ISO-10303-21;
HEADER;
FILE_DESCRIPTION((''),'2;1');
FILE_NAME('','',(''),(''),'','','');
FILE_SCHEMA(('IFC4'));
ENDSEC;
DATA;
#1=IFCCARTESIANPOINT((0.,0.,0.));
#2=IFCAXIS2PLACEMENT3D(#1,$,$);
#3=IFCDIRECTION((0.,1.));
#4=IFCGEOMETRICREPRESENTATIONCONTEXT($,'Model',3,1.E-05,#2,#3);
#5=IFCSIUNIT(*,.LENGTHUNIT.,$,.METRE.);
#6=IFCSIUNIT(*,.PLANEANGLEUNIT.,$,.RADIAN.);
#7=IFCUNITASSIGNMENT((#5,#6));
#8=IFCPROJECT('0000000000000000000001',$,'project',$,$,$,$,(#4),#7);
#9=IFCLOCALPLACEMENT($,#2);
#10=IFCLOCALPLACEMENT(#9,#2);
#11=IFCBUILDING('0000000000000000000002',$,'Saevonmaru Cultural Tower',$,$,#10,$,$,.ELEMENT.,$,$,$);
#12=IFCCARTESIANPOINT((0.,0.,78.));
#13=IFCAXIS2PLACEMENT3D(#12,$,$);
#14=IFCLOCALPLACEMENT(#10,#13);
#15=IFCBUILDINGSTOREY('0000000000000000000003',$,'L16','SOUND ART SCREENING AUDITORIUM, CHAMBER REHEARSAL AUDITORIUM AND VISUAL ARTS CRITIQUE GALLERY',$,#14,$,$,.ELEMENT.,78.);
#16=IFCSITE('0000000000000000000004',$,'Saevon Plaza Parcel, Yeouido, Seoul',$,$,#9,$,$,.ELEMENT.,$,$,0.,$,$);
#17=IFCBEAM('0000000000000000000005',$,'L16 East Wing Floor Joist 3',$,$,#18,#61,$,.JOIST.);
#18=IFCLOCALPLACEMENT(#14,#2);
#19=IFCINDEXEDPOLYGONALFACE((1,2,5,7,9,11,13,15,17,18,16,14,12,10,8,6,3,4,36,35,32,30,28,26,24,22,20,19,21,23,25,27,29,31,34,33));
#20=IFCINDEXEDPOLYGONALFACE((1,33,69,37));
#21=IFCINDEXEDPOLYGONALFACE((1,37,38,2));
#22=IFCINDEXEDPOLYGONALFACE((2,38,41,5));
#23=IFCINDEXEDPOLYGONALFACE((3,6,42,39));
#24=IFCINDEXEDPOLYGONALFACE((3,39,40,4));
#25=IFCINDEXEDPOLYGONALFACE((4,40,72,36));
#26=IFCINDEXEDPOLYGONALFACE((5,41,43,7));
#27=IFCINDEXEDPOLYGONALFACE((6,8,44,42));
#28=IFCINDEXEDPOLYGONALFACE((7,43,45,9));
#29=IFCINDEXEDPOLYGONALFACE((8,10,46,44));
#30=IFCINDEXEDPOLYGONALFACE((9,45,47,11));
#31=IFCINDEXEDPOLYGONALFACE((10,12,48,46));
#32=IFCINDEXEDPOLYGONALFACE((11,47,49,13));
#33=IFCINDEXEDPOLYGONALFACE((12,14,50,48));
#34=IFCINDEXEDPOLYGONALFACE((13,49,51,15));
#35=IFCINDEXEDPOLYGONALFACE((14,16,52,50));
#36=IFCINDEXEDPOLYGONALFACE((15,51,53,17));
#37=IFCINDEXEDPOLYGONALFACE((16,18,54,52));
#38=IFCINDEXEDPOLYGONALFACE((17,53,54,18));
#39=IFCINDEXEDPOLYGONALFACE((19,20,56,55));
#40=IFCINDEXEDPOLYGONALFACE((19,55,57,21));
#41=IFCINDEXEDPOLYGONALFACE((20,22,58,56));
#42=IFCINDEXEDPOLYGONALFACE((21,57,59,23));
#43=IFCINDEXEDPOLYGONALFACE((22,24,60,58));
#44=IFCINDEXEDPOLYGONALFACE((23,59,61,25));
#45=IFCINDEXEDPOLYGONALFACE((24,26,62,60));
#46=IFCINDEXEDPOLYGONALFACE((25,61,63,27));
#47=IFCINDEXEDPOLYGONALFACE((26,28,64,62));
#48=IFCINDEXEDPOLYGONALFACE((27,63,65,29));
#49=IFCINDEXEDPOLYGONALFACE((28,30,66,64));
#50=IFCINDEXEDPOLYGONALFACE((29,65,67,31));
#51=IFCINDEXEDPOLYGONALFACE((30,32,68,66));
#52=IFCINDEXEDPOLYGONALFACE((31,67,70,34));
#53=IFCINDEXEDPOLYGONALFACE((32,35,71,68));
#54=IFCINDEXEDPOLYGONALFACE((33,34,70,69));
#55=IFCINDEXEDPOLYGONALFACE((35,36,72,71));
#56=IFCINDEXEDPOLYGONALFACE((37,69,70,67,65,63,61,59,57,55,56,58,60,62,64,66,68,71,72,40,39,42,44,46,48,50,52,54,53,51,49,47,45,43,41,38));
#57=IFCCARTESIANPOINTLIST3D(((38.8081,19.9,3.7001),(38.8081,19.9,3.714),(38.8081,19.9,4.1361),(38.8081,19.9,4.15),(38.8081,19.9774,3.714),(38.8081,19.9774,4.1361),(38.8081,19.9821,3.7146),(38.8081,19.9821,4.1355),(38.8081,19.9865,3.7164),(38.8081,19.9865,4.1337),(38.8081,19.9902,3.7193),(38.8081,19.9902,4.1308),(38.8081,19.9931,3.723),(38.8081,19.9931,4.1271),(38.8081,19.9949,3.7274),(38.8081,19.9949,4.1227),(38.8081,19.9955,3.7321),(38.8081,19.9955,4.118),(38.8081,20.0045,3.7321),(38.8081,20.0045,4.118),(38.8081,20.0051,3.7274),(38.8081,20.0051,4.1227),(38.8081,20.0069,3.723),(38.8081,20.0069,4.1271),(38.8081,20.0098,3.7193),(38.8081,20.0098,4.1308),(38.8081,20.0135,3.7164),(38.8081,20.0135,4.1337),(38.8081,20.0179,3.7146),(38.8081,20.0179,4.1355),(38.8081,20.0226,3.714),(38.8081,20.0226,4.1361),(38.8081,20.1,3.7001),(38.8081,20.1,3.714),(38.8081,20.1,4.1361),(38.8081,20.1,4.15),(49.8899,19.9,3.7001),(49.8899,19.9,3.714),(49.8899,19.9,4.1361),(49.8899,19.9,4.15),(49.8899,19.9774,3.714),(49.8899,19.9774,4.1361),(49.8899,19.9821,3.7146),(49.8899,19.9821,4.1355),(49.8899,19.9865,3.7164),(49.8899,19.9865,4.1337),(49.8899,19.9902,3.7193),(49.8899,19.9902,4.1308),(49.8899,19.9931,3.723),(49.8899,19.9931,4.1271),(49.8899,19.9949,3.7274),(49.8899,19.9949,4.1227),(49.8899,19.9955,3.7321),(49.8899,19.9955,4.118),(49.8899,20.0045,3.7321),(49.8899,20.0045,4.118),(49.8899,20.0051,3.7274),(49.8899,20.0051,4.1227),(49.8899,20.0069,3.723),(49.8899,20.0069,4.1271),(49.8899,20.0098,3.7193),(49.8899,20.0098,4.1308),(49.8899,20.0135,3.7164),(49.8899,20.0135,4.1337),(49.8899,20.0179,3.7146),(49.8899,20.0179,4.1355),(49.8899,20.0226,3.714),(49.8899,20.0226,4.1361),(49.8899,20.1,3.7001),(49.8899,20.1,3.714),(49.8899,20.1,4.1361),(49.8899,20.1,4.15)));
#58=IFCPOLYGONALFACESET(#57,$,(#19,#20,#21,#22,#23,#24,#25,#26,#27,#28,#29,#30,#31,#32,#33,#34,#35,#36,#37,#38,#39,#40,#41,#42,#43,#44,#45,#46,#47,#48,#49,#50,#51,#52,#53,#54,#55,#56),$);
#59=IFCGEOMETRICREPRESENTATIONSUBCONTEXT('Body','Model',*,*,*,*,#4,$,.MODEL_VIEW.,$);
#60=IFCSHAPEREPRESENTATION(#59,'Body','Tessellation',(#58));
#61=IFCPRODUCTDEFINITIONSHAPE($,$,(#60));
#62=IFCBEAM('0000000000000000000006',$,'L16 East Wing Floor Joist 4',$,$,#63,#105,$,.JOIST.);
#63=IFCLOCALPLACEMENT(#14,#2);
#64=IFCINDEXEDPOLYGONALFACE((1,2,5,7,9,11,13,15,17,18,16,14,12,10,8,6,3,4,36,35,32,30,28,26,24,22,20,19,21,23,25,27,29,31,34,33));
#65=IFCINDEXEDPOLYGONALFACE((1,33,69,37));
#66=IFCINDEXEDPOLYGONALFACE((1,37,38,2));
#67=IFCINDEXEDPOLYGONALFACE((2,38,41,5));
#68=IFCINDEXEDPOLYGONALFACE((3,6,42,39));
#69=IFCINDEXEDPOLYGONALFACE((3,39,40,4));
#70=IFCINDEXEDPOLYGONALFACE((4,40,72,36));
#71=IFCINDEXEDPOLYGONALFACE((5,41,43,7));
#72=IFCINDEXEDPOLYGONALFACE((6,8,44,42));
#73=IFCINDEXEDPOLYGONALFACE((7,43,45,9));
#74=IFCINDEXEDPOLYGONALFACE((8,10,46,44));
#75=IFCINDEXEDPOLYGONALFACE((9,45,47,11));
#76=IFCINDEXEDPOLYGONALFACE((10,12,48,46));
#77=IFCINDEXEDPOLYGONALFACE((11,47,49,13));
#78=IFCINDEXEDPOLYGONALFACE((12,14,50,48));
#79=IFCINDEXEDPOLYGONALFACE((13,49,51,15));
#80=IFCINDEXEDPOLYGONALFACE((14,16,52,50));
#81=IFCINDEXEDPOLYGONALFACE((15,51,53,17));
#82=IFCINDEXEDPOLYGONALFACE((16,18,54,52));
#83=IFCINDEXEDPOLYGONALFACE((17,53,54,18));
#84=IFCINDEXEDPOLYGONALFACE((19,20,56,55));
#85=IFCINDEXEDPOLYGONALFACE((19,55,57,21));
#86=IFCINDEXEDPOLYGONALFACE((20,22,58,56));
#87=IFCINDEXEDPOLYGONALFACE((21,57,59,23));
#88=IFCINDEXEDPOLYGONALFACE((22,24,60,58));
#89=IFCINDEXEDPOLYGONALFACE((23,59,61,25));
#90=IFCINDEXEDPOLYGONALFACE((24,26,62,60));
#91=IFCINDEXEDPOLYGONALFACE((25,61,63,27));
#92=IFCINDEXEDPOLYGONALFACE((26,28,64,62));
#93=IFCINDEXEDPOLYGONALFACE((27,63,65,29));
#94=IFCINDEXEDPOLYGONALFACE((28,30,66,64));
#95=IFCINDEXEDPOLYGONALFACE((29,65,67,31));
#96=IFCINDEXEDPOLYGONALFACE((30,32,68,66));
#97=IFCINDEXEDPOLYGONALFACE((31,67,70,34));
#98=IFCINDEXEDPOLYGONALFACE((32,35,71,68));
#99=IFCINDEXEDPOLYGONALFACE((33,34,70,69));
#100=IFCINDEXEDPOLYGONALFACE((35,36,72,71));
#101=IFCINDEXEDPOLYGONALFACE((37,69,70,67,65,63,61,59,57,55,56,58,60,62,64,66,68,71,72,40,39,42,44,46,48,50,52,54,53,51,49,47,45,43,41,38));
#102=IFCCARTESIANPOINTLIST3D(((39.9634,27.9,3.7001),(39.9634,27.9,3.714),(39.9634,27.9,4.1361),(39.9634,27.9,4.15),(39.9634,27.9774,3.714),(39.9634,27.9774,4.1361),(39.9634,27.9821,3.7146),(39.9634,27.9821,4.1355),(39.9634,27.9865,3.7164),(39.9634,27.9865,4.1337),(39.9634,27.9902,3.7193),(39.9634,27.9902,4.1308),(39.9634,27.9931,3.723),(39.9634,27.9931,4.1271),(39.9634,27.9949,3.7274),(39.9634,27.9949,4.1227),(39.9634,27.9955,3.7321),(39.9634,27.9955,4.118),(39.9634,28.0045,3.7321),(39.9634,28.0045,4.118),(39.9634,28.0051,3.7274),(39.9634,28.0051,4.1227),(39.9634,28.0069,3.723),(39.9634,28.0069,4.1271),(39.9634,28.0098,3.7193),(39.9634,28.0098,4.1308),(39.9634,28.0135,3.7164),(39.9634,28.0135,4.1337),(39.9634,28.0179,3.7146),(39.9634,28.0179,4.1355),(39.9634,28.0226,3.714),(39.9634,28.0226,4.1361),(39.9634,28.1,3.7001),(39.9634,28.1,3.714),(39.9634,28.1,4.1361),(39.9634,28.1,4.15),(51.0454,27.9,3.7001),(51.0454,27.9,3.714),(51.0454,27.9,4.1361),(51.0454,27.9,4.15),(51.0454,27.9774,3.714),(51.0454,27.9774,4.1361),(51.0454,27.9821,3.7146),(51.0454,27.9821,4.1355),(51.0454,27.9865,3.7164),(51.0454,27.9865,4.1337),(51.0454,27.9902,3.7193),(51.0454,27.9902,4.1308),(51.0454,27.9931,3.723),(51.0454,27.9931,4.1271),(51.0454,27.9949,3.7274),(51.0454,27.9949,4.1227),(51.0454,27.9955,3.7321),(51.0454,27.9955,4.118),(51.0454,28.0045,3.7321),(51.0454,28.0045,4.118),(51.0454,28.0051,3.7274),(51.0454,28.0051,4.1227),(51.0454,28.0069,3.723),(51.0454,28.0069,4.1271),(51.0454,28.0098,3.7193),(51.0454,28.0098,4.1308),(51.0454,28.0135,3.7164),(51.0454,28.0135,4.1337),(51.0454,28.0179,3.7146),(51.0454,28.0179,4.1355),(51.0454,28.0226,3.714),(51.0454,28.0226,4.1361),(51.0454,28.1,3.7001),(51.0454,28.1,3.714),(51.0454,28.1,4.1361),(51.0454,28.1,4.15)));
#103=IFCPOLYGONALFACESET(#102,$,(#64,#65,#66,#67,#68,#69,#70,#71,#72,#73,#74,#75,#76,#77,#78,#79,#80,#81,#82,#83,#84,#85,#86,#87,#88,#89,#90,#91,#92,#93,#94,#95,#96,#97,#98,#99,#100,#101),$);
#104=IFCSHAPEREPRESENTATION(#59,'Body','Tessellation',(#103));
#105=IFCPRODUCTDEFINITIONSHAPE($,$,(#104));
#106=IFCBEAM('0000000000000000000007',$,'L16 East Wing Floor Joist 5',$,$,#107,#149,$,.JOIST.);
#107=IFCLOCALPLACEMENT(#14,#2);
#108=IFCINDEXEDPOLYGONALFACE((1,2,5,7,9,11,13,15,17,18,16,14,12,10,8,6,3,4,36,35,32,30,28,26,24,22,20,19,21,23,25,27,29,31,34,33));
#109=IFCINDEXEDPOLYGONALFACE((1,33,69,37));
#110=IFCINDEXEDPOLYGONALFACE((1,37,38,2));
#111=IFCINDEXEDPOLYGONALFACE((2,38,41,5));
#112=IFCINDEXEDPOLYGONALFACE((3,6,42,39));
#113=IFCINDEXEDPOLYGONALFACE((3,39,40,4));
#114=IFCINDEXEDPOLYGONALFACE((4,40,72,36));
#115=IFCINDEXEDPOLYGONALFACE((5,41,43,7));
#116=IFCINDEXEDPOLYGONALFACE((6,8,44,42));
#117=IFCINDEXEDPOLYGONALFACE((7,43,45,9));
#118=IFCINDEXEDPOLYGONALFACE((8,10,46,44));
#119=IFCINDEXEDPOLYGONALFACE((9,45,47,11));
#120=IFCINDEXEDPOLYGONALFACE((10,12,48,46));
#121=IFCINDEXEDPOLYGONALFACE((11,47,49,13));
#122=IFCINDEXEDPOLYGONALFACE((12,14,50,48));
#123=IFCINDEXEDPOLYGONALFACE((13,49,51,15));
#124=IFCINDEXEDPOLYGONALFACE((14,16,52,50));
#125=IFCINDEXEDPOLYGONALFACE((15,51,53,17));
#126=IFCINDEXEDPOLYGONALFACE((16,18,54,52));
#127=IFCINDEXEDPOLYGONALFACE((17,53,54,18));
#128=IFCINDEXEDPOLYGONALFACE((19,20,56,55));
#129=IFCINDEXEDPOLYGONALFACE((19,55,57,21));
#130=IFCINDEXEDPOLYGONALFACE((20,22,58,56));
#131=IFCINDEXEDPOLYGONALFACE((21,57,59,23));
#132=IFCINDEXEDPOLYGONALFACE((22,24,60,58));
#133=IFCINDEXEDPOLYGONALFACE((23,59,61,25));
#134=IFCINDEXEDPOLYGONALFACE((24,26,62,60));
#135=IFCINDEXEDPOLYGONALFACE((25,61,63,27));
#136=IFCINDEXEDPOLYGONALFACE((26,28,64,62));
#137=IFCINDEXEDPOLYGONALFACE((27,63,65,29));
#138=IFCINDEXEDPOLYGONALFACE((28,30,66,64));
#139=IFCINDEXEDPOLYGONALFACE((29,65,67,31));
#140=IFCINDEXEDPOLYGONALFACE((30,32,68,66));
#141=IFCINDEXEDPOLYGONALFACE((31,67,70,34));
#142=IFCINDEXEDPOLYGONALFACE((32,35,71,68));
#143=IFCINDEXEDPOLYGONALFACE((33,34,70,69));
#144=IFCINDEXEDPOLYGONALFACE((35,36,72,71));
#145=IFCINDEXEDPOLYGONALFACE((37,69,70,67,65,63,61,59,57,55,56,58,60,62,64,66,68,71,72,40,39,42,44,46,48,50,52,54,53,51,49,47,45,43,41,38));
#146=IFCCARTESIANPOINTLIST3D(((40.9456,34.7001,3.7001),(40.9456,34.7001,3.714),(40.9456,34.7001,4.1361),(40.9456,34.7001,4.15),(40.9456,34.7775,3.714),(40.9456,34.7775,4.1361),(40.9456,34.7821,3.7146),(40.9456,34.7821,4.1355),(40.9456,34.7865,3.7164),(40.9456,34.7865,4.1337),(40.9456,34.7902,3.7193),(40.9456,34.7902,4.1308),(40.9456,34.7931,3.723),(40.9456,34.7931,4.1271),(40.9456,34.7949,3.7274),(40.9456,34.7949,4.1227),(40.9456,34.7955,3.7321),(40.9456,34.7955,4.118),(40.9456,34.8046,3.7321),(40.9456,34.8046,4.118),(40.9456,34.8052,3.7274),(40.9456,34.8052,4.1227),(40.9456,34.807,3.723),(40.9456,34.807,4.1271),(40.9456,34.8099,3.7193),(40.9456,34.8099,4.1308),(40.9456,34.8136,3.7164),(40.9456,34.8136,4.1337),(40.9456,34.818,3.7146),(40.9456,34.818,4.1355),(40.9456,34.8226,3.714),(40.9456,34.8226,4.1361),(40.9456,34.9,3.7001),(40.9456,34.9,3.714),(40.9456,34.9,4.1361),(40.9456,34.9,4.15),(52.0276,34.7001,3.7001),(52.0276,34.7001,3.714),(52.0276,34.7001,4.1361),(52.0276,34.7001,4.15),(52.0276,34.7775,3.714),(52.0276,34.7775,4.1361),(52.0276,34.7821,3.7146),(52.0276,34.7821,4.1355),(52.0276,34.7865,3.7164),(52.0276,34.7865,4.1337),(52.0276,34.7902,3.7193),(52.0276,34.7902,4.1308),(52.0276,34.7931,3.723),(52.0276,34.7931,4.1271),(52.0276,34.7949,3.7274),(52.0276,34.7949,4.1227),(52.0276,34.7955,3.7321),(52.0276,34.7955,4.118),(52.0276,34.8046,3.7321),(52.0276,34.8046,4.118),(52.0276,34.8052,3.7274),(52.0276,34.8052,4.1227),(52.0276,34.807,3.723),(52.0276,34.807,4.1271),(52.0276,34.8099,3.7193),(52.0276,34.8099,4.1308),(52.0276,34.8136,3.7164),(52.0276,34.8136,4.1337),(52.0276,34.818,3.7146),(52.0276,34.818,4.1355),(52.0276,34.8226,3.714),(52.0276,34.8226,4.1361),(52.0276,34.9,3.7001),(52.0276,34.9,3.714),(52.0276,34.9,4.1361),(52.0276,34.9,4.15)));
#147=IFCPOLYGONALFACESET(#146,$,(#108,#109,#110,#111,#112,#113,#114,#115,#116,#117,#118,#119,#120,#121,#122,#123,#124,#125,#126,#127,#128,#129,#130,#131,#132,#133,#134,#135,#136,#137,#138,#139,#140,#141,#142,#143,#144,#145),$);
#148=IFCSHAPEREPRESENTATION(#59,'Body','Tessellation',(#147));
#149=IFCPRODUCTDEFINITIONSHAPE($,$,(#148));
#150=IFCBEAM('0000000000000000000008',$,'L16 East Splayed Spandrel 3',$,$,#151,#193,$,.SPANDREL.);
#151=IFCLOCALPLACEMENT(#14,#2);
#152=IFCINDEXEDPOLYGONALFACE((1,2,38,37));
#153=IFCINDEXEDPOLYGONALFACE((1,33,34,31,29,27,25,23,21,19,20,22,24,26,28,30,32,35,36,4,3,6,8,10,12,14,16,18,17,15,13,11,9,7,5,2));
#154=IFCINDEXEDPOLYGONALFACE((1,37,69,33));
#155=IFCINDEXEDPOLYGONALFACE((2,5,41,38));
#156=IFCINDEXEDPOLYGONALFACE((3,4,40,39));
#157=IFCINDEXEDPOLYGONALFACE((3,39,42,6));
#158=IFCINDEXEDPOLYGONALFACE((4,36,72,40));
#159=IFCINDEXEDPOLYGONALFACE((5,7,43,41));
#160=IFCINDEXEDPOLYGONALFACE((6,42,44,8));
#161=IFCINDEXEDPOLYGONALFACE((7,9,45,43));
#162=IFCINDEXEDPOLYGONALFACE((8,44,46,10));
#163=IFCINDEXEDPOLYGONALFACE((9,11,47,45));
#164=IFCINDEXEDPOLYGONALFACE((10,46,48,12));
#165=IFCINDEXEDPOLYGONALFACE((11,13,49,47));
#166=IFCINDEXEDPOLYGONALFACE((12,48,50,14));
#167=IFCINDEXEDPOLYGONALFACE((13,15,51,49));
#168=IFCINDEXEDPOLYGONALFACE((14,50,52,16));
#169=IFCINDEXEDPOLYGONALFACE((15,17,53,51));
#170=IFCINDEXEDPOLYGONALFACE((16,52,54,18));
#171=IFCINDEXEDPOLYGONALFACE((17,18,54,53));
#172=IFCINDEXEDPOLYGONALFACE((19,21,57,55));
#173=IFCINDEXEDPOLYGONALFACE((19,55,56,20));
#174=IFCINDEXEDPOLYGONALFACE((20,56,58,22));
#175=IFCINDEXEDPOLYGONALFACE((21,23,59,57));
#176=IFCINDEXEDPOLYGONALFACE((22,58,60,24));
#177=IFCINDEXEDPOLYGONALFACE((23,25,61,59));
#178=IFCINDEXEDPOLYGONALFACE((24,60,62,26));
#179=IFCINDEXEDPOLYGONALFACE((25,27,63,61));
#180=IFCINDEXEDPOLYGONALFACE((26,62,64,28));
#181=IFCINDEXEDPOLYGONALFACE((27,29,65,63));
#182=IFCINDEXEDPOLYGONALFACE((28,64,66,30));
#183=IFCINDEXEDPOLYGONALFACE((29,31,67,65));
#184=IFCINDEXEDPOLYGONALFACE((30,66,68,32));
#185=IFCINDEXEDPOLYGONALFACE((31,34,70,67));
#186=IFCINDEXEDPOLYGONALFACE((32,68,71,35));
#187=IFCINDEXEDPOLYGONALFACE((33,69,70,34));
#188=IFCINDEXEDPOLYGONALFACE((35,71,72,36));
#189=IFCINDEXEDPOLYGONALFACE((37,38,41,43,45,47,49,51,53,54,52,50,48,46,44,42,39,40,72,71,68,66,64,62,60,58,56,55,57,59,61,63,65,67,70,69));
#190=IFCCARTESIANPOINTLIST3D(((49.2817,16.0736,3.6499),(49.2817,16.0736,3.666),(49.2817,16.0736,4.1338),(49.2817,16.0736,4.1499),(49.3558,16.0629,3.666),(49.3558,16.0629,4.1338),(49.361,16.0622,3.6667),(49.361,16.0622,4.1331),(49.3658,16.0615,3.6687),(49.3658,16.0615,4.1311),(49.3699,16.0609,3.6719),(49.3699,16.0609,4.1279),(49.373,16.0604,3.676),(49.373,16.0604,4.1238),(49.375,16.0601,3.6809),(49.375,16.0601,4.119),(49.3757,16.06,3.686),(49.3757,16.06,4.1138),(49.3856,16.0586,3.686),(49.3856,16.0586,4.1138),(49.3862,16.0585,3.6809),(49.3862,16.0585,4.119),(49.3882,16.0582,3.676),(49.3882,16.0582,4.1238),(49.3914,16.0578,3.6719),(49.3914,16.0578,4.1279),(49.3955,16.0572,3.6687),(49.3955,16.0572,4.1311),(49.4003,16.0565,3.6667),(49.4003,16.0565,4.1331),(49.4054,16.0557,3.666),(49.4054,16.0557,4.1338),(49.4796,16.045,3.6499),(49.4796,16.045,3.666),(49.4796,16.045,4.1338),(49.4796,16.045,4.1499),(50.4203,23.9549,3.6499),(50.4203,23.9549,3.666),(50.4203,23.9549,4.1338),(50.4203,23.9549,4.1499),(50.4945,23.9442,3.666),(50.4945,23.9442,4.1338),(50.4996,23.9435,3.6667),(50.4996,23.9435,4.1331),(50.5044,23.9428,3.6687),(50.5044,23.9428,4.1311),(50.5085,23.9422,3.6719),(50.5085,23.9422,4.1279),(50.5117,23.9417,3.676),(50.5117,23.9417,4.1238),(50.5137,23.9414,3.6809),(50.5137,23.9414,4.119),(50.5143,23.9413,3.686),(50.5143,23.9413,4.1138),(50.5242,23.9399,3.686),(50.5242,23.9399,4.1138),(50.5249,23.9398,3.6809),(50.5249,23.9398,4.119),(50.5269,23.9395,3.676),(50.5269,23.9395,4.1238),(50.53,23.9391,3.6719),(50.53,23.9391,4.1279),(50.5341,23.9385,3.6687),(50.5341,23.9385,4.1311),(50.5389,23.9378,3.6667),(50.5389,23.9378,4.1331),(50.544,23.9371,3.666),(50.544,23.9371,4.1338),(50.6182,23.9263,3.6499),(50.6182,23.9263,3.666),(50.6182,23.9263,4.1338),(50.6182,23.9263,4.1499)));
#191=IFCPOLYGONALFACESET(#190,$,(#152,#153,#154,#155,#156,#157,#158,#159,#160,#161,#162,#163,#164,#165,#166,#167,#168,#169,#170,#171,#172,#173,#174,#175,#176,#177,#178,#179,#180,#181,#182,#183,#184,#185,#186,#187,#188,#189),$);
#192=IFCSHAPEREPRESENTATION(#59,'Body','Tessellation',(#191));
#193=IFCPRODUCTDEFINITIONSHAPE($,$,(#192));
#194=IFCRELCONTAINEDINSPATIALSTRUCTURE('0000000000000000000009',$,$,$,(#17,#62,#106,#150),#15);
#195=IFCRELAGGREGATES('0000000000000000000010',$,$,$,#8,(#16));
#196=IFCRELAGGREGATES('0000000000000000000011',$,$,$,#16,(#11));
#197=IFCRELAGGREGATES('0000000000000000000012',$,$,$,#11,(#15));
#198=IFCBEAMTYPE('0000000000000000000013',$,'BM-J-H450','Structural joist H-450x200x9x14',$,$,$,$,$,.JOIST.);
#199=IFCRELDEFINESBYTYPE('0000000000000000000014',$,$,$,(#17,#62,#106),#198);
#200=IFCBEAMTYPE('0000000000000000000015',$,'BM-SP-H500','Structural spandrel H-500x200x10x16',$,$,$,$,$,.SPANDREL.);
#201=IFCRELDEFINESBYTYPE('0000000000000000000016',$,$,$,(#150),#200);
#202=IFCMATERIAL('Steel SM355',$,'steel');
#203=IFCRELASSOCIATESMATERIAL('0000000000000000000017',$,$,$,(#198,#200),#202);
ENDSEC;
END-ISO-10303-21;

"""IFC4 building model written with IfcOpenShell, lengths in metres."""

from ifc_helpers import new_model, si_unit, direction, frame, origin, origin_2d, place, context, subcontext, project, spatial, i_section, extrude, material, material_profile, profile_set, type_object, element, save


model = new_model("IFC4")

# Units and contexts
model_context = context("Model", 3, precision=1e-05, world=origin(), true_north=direction((0.0, 1.0)))
body_context = subcontext(model_context, "Body", "Model", "MODEL_VIEW")
ifc_project = project(units=[si_unit("LENGTHUNIT", "METRE"), si_unit("PLANEANGLEUNIT", "RADIAN")], contexts=[model_context])

# Site, building, storey
site_placement = place(None, origin())
site = spatial("IfcSite", under=ifc_project, at=site_placement, Name="Saevon Plaza Parcel, Yeouido, Seoul", CompositionType="ELEMENT", RefElevation=0.0)
building_placement = place(site_placement, origin())
building = spatial("IfcBuilding", under=site, at=building_placement, Name="Saevonmaru Cultural Tower", CompositionType="ELEMENT")
storey_placement = place(building_placement, frame((0.0, 0.0, 78.0)))
storey = spatial("IfcBuildingStorey", under=building, at=storey_placement, Name="L16", Description="SOUND ART SCREENING AUDITORIUM, CHAMBER REHEARSAL AUDITORIUM AND VISUAL ARTS CRITIQUE GALLERY", CompositionType="ELEMENT", Elevation=78.0)

# Beams
ifc_material_1 = material(Name="Steel SM355", Category="steel")
ifc_material_profile_1 = material_profile(ifc_material_1, i_section(OverallWidth=0.2, OverallDepth=0.45, WebThickness=0.009, FlangeThickness=0.0139, FilletRadius=0.0181, at=origin_2d()), Name="H-450x200x9x14")
ifc_profile_set_1 = profile_set([ifc_material_profile_1], Name="Steel SM355")
beam_type_1 = type_object("IfcBeamType", Name="BM-J-H450", Description="Structural joist H-450x200x9x14", PredefinedType="JOIST", material=ifc_profile_set_1)
beam_1_placement = place(storey_placement, frame((38.8081, 20.0, 3.925), z_axis=(1.0, 0.0, 0.0), x_axis=(0.0, 1.0, 0.0)))
element("IfcBeam", 1, at=beam_1_placement, inside=storey, type_object=beam_type_1, Name="L16 East Wing Floor Joist 3", PredefinedType="JOIST", context=body_context, shape_type="SweptSolid", body=[
    extrude(i_section(OverallWidth=0.2, OverallDepth=0.45, WebThickness=0.009, FlangeThickness=0.0139, FilletRadius=0.0181, at=origin_2d()), origin(), (0.0, 0.0, 1.0), 11.0818),
])
for number, where, z_axis, x_axis, name in (
    (2, (39.9634, 28.0, 3.925), (1.0, 0.0, 0.0), (0.0, 1.0, 0.0), "L16 East Wing Floor Joist 4"),
    (3, (40.9456, 34.8, 3.925), (1.0, 0.0, 0.0), (0.0, 1.0, 0.0), "L16 East Wing Floor Joist 5"),
):
    element("IfcBeam", number, at=place(storey_placement, frame(where, z_axis=z_axis, x_axis=x_axis)), inside=storey, type_object=beam_type_1, Name=name, PredefinedType="JOIST", context=body_context, shape_type="SweptSolid", body=[
        extrude(i_section(OverallWidth=0.2, OverallDepth=0.45, WebThickness=0.009, FlangeThickness=0.0139, FilletRadius=0.0181, at=origin_2d()), origin(), (0.0, 0.0, 1.0), 11.082),
    ])
ifc_material_profile_2 = material_profile(ifc_material_1, i_section(OverallWidth=0.2, OverallDepth=0.5, WebThickness=0.01, FlangeThickness=0.0161, FilletRadius=0.02, at=origin_2d()), Name="H-500x200x10x16")
ifc_profile_set_2 = profile_set([ifc_material_profile_2], Name="Steel SM355")
beam_type_2 = type_object("IfcBeamType", Name="BM-SP-H500", Description="Structural spandrel H-500x200x10x16", PredefinedType="SPANDREL", material=ifc_profile_set_2)
beam_2_placement = place(storey_placement, frame((49.3806, 16.0593, 3.8999), z_axis=(0.142992, 0.989724, 0.0), x_axis=(-0.989724, 0.142992, 0.0)))
element("IfcBeam", 4, at=beam_2_placement, inside=storey, type_object=beam_type_2, Name="L16 East Splayed Spandrel 3", PredefinedType="SPANDREL", context=body_context, shape_type="SweptSolid", body=[
    extrude(i_section(OverallWidth=0.2, OverallDepth=0.5, WebThickness=0.01, FlangeThickness=0.0161, FilletRadius=0.02, at=origin_2d()), origin(), (0.0, 0.0, 1.0), 7.9631),
])

save(model, "model.ifc")
